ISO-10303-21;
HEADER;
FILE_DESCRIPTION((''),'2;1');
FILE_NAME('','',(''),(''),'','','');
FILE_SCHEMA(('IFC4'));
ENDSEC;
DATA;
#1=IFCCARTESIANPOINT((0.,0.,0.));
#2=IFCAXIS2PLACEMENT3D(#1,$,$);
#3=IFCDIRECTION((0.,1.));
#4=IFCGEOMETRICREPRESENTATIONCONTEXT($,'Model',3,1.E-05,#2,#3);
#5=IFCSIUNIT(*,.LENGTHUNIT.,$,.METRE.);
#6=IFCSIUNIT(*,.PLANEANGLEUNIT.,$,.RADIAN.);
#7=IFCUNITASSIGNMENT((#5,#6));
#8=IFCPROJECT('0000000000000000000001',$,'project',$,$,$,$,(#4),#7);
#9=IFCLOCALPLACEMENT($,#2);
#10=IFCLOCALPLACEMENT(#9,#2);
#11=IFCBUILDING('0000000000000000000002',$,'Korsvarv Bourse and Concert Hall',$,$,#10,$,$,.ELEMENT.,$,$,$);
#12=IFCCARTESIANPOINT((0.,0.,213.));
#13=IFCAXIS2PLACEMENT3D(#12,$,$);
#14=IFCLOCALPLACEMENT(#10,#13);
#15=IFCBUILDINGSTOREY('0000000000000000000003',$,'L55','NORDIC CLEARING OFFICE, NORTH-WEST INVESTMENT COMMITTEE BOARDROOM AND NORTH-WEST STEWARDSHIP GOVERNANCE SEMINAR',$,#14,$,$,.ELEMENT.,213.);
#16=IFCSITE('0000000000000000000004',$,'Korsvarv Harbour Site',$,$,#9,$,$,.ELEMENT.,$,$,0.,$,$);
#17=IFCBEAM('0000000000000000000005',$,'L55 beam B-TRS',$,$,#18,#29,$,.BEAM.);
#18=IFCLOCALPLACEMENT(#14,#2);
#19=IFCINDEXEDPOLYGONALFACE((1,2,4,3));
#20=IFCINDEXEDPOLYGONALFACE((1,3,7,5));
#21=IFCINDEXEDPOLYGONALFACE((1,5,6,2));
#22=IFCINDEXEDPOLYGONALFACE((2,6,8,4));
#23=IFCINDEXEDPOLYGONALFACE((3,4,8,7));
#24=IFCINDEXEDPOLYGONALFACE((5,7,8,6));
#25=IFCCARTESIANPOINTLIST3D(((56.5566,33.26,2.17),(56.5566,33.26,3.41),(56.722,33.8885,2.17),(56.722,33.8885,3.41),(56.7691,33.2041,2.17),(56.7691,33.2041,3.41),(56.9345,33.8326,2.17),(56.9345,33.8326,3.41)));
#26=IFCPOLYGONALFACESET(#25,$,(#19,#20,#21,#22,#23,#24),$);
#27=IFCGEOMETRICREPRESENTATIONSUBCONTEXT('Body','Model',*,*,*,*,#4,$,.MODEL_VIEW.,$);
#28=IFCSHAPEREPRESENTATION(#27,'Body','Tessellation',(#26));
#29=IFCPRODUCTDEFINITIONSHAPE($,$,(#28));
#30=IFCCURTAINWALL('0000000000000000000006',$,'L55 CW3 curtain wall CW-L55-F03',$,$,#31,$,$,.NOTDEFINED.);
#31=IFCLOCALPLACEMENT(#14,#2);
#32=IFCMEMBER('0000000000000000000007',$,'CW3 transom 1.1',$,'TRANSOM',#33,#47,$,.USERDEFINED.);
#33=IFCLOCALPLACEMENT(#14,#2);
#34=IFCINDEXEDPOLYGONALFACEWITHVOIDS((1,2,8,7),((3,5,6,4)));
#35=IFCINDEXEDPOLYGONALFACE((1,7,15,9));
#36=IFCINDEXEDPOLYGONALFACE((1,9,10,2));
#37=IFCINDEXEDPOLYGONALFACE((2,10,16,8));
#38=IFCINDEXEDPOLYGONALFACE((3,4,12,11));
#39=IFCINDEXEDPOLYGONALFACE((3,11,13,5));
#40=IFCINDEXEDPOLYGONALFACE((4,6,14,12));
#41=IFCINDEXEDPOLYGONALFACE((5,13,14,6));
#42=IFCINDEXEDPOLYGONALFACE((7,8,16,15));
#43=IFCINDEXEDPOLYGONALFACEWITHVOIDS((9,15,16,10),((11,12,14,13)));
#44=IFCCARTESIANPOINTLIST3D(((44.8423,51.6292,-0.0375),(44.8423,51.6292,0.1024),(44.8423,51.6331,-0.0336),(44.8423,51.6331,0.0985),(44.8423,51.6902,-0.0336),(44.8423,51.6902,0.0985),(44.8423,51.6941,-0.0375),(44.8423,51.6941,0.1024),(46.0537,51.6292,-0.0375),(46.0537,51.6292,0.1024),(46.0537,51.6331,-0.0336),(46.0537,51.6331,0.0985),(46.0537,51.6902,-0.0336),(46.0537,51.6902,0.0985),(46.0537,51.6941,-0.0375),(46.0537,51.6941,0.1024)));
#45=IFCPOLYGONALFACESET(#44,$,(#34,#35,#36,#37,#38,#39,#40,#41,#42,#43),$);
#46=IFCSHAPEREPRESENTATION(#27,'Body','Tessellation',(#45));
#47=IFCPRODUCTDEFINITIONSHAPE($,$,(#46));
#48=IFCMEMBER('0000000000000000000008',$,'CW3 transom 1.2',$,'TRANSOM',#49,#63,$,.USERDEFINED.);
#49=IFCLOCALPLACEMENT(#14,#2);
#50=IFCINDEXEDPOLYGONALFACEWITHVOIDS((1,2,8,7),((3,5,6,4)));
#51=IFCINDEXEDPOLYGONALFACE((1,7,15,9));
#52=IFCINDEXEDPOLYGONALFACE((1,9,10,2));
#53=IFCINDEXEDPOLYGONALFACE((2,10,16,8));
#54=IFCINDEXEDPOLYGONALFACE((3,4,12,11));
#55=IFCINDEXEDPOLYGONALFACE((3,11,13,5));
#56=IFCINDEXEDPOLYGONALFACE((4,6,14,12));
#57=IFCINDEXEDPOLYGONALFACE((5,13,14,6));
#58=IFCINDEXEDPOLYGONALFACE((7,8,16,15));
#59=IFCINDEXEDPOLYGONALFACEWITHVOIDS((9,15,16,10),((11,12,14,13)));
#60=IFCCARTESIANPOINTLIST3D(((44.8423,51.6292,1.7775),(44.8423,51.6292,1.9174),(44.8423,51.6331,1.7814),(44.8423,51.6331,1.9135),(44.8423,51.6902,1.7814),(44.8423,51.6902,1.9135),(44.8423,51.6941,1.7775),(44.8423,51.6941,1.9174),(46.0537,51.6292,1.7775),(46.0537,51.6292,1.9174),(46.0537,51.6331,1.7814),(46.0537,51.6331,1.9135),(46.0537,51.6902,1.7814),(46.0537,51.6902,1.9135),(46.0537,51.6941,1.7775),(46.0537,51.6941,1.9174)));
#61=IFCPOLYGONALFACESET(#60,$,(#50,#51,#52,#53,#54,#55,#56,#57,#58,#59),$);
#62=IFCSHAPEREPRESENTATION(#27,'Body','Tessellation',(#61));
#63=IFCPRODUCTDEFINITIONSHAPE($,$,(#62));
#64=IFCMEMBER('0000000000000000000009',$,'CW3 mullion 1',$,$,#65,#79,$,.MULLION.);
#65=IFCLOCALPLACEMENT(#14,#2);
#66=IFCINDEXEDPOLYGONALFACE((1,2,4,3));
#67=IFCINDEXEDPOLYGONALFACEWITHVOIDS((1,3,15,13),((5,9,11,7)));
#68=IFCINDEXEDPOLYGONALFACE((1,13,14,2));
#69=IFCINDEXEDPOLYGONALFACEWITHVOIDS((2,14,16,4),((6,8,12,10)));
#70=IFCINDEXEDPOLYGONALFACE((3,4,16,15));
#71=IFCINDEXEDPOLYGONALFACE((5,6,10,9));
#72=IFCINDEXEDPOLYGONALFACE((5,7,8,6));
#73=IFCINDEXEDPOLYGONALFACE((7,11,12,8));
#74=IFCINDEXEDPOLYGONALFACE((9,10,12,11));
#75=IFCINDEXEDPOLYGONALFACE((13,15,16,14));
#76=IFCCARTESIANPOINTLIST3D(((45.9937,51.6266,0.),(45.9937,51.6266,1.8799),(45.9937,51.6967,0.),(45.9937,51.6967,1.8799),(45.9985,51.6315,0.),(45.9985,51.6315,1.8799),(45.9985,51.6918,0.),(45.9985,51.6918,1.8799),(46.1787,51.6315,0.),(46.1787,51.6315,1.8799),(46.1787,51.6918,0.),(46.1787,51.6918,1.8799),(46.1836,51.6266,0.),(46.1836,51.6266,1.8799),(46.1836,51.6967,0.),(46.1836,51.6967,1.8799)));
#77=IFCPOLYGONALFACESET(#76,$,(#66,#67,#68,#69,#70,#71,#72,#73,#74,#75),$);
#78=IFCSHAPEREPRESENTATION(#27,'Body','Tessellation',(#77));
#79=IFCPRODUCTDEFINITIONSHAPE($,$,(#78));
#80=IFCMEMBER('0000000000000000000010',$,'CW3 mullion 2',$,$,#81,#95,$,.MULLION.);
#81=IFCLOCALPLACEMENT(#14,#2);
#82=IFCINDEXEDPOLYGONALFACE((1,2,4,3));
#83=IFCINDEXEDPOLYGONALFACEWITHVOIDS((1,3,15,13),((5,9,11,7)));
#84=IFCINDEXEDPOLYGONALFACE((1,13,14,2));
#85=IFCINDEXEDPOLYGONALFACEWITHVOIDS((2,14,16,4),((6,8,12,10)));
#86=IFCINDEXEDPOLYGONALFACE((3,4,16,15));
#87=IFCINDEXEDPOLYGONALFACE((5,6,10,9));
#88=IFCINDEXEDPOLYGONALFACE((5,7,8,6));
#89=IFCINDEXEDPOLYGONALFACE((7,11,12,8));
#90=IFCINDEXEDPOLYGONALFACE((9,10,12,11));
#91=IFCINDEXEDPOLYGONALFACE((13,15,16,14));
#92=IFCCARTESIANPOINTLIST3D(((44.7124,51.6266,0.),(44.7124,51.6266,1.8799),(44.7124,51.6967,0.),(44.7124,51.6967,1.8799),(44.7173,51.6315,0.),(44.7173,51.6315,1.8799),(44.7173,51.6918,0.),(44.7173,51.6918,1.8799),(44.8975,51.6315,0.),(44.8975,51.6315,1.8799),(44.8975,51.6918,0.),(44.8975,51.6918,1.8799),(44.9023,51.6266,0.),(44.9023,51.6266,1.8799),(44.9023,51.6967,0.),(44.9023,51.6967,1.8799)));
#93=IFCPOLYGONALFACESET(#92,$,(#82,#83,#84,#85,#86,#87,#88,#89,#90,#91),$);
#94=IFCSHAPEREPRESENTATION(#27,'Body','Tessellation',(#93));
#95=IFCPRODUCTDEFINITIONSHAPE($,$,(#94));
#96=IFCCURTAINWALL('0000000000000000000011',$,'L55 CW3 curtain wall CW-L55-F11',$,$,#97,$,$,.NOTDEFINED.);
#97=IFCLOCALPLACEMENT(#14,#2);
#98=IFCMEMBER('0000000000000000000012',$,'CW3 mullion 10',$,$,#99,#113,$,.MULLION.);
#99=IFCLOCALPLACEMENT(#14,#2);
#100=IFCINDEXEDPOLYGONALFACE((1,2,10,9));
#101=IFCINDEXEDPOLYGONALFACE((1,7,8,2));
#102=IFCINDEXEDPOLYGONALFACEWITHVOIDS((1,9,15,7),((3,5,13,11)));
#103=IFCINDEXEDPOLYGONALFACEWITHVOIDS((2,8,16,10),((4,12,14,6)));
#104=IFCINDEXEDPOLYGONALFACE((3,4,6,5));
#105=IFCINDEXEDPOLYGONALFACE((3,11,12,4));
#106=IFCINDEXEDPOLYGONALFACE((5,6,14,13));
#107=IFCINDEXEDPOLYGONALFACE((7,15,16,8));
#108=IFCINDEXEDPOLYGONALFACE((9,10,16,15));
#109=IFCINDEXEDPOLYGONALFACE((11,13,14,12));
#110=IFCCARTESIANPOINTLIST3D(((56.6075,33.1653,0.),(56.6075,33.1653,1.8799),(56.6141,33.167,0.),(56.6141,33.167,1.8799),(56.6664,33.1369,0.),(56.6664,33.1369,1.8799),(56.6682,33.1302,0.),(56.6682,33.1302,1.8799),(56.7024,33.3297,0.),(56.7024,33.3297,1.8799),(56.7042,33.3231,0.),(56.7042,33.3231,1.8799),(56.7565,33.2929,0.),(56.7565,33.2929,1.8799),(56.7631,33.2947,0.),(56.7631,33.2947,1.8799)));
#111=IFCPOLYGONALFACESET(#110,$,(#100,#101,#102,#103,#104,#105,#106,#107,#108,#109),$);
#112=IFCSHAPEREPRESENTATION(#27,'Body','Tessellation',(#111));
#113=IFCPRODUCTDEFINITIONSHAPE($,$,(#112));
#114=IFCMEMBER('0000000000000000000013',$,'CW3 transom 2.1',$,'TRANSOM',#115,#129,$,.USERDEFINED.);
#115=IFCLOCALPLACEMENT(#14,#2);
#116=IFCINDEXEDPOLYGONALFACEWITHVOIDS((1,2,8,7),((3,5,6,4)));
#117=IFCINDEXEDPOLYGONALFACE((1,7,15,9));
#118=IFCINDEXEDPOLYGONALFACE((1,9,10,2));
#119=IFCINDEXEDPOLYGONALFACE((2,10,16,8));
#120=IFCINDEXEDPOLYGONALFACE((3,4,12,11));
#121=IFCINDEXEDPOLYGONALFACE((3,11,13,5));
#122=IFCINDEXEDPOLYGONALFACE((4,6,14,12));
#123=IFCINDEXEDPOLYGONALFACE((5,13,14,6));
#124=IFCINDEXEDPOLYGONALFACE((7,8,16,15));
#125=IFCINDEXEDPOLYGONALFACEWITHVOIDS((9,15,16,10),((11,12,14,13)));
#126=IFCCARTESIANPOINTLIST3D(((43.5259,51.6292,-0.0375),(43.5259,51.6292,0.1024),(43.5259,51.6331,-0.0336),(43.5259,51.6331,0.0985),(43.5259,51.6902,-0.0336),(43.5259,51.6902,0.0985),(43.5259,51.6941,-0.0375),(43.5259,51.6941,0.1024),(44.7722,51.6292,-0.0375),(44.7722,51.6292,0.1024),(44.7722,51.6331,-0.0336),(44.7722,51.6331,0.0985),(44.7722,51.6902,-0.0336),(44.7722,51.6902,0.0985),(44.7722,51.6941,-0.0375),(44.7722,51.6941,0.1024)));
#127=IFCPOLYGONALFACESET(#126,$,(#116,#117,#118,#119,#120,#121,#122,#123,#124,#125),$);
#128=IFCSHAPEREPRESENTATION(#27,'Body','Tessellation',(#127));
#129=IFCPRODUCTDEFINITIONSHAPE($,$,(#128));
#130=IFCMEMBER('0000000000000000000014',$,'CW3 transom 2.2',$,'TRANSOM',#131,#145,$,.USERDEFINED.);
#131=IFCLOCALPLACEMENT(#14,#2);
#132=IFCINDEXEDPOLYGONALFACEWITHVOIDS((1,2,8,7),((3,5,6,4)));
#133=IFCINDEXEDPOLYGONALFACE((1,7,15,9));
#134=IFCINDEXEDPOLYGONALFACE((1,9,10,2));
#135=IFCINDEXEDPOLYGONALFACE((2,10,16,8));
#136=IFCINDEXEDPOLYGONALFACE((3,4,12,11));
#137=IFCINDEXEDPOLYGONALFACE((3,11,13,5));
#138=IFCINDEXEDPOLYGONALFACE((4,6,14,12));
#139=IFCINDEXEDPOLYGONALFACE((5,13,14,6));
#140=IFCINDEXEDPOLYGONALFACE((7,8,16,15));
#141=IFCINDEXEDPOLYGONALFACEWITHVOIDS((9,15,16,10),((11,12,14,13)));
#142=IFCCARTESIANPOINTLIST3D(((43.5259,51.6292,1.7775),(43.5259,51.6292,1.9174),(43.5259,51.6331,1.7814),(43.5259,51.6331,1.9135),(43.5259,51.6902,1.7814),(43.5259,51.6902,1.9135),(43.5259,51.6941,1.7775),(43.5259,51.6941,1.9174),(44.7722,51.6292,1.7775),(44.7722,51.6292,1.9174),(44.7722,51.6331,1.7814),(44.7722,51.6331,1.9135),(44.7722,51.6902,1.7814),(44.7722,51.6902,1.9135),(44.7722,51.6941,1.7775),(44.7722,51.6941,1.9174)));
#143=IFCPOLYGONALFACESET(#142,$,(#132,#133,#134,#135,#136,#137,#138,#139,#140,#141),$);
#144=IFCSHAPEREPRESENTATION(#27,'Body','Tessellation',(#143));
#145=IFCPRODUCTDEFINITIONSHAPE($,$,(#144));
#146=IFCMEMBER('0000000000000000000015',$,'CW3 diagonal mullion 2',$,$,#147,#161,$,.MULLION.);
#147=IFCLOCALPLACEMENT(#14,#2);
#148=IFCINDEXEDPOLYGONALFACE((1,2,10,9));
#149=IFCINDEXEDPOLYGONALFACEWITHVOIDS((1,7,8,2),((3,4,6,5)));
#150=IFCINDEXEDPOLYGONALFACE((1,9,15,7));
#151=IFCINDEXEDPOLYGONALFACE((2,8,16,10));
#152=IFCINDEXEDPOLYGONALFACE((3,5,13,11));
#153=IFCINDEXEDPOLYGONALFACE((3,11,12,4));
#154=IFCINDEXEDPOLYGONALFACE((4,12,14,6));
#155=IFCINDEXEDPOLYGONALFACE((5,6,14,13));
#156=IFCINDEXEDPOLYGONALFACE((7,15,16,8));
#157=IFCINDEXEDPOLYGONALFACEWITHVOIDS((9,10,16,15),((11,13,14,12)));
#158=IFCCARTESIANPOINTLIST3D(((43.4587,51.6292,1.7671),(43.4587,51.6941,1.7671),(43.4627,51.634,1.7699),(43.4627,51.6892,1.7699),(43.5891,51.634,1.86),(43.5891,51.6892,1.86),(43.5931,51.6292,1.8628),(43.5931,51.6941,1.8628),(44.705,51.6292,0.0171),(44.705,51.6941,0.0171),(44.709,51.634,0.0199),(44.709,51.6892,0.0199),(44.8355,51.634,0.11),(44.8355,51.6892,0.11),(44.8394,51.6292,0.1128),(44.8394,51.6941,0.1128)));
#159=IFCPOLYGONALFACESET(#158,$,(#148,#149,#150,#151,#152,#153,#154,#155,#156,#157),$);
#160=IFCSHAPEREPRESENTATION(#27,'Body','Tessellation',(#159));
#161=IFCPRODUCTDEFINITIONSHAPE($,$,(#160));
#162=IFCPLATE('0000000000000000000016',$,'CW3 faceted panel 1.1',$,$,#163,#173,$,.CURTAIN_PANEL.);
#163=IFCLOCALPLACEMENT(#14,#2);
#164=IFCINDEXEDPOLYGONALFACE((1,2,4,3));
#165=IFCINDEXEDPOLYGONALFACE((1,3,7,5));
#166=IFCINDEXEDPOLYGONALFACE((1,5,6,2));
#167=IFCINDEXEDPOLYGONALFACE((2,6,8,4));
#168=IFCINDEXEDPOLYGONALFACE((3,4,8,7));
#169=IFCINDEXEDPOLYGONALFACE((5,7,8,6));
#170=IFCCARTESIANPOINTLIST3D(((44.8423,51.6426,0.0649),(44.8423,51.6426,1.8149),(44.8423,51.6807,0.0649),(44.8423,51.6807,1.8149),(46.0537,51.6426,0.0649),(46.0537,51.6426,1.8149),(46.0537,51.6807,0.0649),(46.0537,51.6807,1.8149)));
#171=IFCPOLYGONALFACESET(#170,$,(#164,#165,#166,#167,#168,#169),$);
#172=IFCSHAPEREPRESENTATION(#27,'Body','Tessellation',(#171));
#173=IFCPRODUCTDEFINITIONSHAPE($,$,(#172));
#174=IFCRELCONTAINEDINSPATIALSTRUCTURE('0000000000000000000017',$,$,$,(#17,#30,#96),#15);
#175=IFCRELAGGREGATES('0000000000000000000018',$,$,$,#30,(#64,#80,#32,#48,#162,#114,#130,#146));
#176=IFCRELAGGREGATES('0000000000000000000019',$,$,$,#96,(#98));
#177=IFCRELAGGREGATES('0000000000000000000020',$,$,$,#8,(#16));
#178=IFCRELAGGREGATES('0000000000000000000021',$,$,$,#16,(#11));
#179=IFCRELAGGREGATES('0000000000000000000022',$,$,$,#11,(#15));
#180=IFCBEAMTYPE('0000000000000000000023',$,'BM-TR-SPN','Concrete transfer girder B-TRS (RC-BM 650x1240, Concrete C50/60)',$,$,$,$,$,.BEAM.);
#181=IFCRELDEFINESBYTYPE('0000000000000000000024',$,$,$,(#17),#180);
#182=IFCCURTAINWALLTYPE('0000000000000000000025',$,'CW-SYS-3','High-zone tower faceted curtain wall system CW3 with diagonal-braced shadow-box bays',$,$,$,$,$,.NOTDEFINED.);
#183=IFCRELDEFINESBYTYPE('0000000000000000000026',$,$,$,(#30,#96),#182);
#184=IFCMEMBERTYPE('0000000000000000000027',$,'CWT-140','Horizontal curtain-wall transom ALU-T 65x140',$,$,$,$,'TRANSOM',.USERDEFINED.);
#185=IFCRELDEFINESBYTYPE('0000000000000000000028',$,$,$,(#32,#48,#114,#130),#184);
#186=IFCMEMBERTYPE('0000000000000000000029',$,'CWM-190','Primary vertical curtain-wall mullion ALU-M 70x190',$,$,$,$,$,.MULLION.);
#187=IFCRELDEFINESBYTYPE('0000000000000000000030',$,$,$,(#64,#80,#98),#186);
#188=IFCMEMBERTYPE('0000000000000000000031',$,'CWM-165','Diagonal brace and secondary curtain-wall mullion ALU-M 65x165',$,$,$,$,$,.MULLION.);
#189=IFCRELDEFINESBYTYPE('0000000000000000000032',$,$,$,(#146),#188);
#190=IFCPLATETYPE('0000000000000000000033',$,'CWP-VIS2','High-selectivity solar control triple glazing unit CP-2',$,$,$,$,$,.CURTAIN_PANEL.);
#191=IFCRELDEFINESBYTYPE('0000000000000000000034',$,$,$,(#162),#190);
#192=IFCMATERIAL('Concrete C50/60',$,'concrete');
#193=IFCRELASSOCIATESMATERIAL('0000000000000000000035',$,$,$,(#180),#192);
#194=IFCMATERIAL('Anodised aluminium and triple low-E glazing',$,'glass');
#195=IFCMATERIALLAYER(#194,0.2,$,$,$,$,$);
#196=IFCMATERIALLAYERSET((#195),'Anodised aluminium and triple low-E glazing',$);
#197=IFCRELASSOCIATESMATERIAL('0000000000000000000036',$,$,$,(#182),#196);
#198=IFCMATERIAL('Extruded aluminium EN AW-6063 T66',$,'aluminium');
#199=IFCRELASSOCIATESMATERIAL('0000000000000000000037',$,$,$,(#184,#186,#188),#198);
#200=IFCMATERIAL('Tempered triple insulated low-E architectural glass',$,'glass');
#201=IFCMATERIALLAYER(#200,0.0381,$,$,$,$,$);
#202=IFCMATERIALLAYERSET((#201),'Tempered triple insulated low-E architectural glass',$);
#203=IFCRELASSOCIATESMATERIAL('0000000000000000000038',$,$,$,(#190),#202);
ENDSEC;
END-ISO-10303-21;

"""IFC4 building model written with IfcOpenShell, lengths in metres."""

from ifc_helpers import new_model, si_unit, direction, frame, origin, origin_2d, place, context, subcontext, project, spatial, rectangle, hollow_rectangle, extrude, source, transform, mapped, material, layer, layer_set, material_profile, profile_set, type_object, element, aggregate, save


model = new_model("IFC4")

# Units and contexts
model_context = context("Model", 3, precision=1e-05, world=origin(), true_north=direction((0.0, 1.0)))
body_context = subcontext(model_context, "Body", "Model", "MODEL_VIEW")
ifc_project = project(units=[si_unit("LENGTHUNIT", "METRE"), si_unit("PLANEANGLEUNIT", "RADIAN")], contexts=[model_context])

# Site, building, storey
site_placement = place(None, origin())
site = spatial("IfcSite", under=ifc_project, at=site_placement, Name="Korsvarv Harbour Site", CompositionType="ELEMENT", RefElevation=0.0)
building_placement = place(site_placement, origin())
building = spatial("IfcBuilding", under=site, at=building_placement, Name="Korsvarv Bourse and Concert Hall", CompositionType="ELEMENT")
storey_placement = place(building_placement, frame((0.0, 0.0, 213.0)))
storey = spatial("IfcBuildingStorey", under=building, at=storey_placement, Name="L55", Description="NORDIC CLEARING OFFICE, NORTH-WEST INVESTMENT COMMITTEE BOARDROOM AND NORTH-WEST STEWARDSHIP GOVERNANCE SEMINAR", CompositionType="ELEMENT", Elevation=213.0)

# Beam
ifc_material_1 = material(Name="Concrete C50/60", Category="concrete")
ifc_material_profile_1 = material_profile(ifc_material_1, rectangle(XDim=0.6499, YDim=1.24, at=origin_2d()), Name="RC-BM 650x1240")
ifc_profile_set_1 = profile_set([ifc_material_profile_1], Name="Concrete C50/60")
beam_type_1 = type_object("IfcBeamType", Name="BM-TR-SPN", Description="Concrete transfer girder B-TRS (RC-BM 650x1240, Concrete C50/60)", PredefinedType="BEAM", material=ifc_profile_set_1)
shared_shape_1 = source(origin(), body_context, "Body", "SweptSolid", [
    extrude(rectangle(XDim=0.6499, YDim=1.24, at=origin_2d()), origin(), (0.0, 0.0, 1.0), 0.2197),
])
beam_1_placement = place(storey_placement, frame((56.8518, 33.5183, 2.79), z_axis=(-0.96706, 0.254548, 0.0), x_axis=(-0.254548, -0.96706, 0.0)))
element("IfcBeam", 1, at=beam_1_placement, inside=storey, type_object=beam_type_1, Name="L55 beam B-TRS", PredefinedType="BEAM", context=body_context, shape_type="MappedRepresentation", body=[
    mapped(shared_shape_1, transform((0.0, 0.0, 0.0), scale=1.0)),
])

# Curtain wall, members
ifc_material_2 = material(Name="Anodised aluminium and triple low-E glazing", Category="glass")
ifc_layer_1 = layer(ifc_material_2, 0.2)
ifc_layer_set_1 = layer_set([ifc_layer_1], Name="Anodised aluminium and triple low-E glazing")
curtain_wall_type = type_object("IfcCurtainWallType", Name="CW-SYS-3", Description="High-zone tower faceted curtain wall system CW3 with diagonal-braced shadow-box bays", PredefinedType="NOTDEFINED", material=ifc_layer_set_1)
curtain_wall_1_placement = place(storey_placement, origin())
curtain_wall_1 = element("IfcCurtainWall", 2, at=curtain_wall_1_placement, inside=storey, type_object=curtain_wall_type, Name="L55 CW3 curtain wall CW-L55-F03", PredefinedType="NOTDEFINED")
ifc_material_3 = material(Name="Extruded aluminium EN AW-6063 T66", Category="aluminium")
ifc_material_profile_2 = material_profile(ifc_material_3, hollow_rectangle(XDim=0.0649, YDim=0.1399, WallThickness=0.0039, at=origin_2d()), Name="ALU-T 65x140")
ifc_profile_set_2 = profile_set([ifc_material_profile_2], Name="Extruded aluminium EN AW-6063 T66")
member_type_1 = type_object("IfcMemberType", Name="CWT-140", Description="Horizontal curtain-wall transom ALU-T 65x140", ElementType="TRANSOM", PredefinedType="USERDEFINED", material=ifc_profile_set_2)
shared_shape_2 = source(origin(), body_context, "Body", "SweptSolid", [
    extrude(hollow_rectangle(XDim=0.0649, YDim=0.1399, WallThickness=0.0039, at=origin_2d()), origin(), (0.0, 0.0, 1.0), 1.2114),
])
member_1_placement = place(storey_placement, frame((46.0537, 51.6616, 0.0325), z_axis=(-1.0, 0.0, 0.0), x_axis=(0.0, -1.0, 0.0)))
member_1 = element("IfcMember", 3, at=member_1_placement, type_object=member_type_1, Name="CW3 transom 1.1", ObjectType="TRANSOM", PredefinedType="USERDEFINED", context=body_context, shape_type="MappedRepresentation", body=[
    mapped(shared_shape_2, transform((0.0, 0.0, 0.0), scale=1.0)),
])
member_2_placement = place(storey_placement, frame((46.0537, 51.6616, 1.8474), z_axis=(-1.0, 0.0, 0.0), x_axis=(0.0, -1.0, 0.0)))
member_2 = element("IfcMember", 4, at=member_2_placement, type_object=member_type_1, Name="CW3 transom 1.2", ObjectType="TRANSOM", PredefinedType="USERDEFINED", context=body_context, shape_type="MappedRepresentation", body=[
    mapped(shared_shape_2, transform((0.0, 0.0, 0.0), scale=1.0)),
])
ifc_material_profile_3 = material_profile(ifc_material_3, hollow_rectangle(XDim=0.0701, YDim=0.1899, WallThickness=0.0049, at=origin_2d()), Name="ALU-M 70x190")
ifc_profile_set_3 = profile_set([ifc_material_profile_3], Name="Extruded aluminium EN AW-6063 T66")
member_type_2 = type_object("IfcMemberType", Name="CWM-190", Description="Primary vertical curtain-wall mullion ALU-M 70x190", PredefinedType="MULLION", material=ifc_profile_set_3)
shared_shape_3 = source(origin(), body_context, "Body", "SweptSolid", [
    extrude(hollow_rectangle(XDim=0.0701, YDim=0.1899, WallThickness=0.0049, at=origin_2d()), origin(), (0.0, 0.0, 1.0), 1.8799),
])
member_3_placement = place(storey_placement, frame((46.0886, 51.6616, 0.0), z_axis=(0.0, 0.0, 1.0), x_axis=(0.0, -1.0, 0.0)))
member_3 = element("IfcMember", 5, at=member_3_placement, type_object=member_type_2, Name="CW3 mullion 1", PredefinedType="MULLION", context=body_context, shape_type="MappedRepresentation", body=[
    mapped(shared_shape_3, transform((0.0, 0.0, 0.0), scale=1.0)),
])
member_4_placement = place(storey_placement, frame((44.8074, 51.6616, 0.0), z_axis=(0.0, 0.0, 1.0), x_axis=(0.0, -1.0, 0.0)))
member_4 = element("IfcMember", 6, at=member_4_placement, type_object=member_type_2, Name="CW3 mullion 2", PredefinedType="MULLION", context=body_context, shape_type="MappedRepresentation", body=[
    mapped(shared_shape_3, transform((0.0, 0.0, 0.0), scale=1.0)),
])

# Curtain wall, member
curtain_wall_2_placement = place(storey_placement, origin())
curtain_wall_2 = element("IfcCurtainWall", 7, at=curtain_wall_2_placement, inside=storey, type_object=curtain_wall_type, Name="L55 CW3 curtain wall CW-L55-F11", PredefinedType="NOTDEFINED")
member_5_placement = place(storey_placement, frame((56.6853, 33.23, 0.0), z_axis=(0.0, 0.0, 1.0), x_axis=(-0.866027, 0.499997, 0.0)))
member_5 = element("IfcMember", 8, at=member_5_placement, type_object=member_type_2, Name="CW3 mullion 10", PredefinedType="MULLION", context=body_context, shape_type="MappedRepresentation", body=[
    mapped(shared_shape_3, transform((0.0, 0.0, 0.0), scale=1.0)),
])

# Members
shared_shape_4 = source(origin(), body_context, "Body", "SweptSolid", [
    extrude(hollow_rectangle(XDim=0.0649, YDim=0.1399, WallThickness=0.0039, at=origin_2d()), origin(), (0.0, 0.0, 1.0), 1.2463),
])
member_6_placement = place(storey_placement, frame((44.7722, 51.6616, 0.0325), z_axis=(-1.0, 0.0, 0.0), x_axis=(0.0, -1.0, 0.0)))
member_6 = element("IfcMember", 9, at=member_6_placement, type_object=member_type_1, Name="CW3 transom 2.1", ObjectType="TRANSOM", PredefinedType="USERDEFINED", context=body_context, shape_type="MappedRepresentation", body=[
    mapped(shared_shape_4, transform((0.0, 0.0, 0.0), scale=1.0)),
])
member_7_placement = place(storey_placement, frame((44.7722, 51.6616, 1.8474), z_axis=(-1.0, 0.0, 0.0), x_axis=(0.0, -1.0, 0.0)))
member_7 = element("IfcMember", 10, at=member_7_placement, type_object=member_type_1, Name="CW3 transom 2.2", ObjectType="TRANSOM", PredefinedType="USERDEFINED", context=body_context, shape_type="MappedRepresentation", body=[
    mapped(shared_shape_4, transform((0.0, 0.0, 0.0), scale=1.0)),
])
ifc_material_profile_4 = material_profile(ifc_material_3, hollow_rectangle(XDim=0.0649, YDim=0.165, WallThickness=0.0049, at=origin_2d()), Name="ALU-M 65x165")
ifc_profile_set_4 = profile_set([ifc_material_profile_4], Name="Extruded aluminium EN AW-6063 T66")
member_type_3 = type_object("IfcMemberType", Name="CWM-165", Description="Diagonal brace and secondary curtain-wall mullion ALU-M 65x165", PredefinedType="MULLION", material=ifc_profile_set_4)
shared_shape_5 = source(origin(), body_context, "Body", "SweptSolid", [
    extrude(hollow_rectangle(XDim=0.0649, YDim=0.165, WallThickness=0.0049, at=origin_2d()), origin(), (0.0, 0.0, 1.0), 2.1484),
])
member_8_placement = place(storey_placement, frame((44.7722, 51.6616, 0.0649), z_axis=(-0.580109, 0.0, 0.814539), x_axis=(0.0, -1.0, 0.0)))
member_8 = element("IfcMember", 11, at=member_8_placement, type_object=member_type_3, Name="CW3 diagonal mullion 2", PredefinedType="MULLION", context=body_context, shape_type="MappedRepresentation", body=[
    mapped(shared_shape_5, transform((0.0, 0.0, 0.0), scale=1.0)),
])

# Plate
ifc_material_4 = material(Name="Tempered triple insulated low-E architectural glass", Category="glass")
ifc_layer_2 = layer(ifc_material_4, 0.0381)
ifc_layer_set_2 = layer_set([ifc_layer_2], Name="Tempered triple insulated low-E architectural glass")
plate_type = type_object("IfcPlateType", Name="CWP-VIS2", Description="High-selectivity solar control triple glazing unit CP-2", PredefinedType="CURTAIN_PANEL", material=ifc_layer_set_2)
shared_shape_6 = source(origin(), body_context, "Body", "SweptSolid", [
    extrude(rectangle(XDim=1.2114, YDim=0.0381, at=origin_2d()), origin(), (0.0, 0.0, 1.0), 1.75),
])
plate_1_placement = place(storey_placement, frame((45.448, 51.6616, 0.0649), z_axis=(0.0, 0.0, 1.0), x_axis=(-1.0, 0.0, 0.0)))
plate_1 = element("IfcPlate", 12, at=plate_1_placement, type_object=plate_type, Name="CW3 faceted panel 1.1", PredefinedType="CURTAIN_PANEL", context=body_context, shape_type="MappedRepresentation", body=[
    mapped(shared_shape_6, transform((0.0, 0.0, 0.0), scale=1.0)),
])
aggregate(curtain_wall_1, [member_3, member_4, member_1, member_2, plate_1, member_6, member_7, member_8])
aggregate(curtain_wall_2, [member_5])

save(model, "model.ifc")
